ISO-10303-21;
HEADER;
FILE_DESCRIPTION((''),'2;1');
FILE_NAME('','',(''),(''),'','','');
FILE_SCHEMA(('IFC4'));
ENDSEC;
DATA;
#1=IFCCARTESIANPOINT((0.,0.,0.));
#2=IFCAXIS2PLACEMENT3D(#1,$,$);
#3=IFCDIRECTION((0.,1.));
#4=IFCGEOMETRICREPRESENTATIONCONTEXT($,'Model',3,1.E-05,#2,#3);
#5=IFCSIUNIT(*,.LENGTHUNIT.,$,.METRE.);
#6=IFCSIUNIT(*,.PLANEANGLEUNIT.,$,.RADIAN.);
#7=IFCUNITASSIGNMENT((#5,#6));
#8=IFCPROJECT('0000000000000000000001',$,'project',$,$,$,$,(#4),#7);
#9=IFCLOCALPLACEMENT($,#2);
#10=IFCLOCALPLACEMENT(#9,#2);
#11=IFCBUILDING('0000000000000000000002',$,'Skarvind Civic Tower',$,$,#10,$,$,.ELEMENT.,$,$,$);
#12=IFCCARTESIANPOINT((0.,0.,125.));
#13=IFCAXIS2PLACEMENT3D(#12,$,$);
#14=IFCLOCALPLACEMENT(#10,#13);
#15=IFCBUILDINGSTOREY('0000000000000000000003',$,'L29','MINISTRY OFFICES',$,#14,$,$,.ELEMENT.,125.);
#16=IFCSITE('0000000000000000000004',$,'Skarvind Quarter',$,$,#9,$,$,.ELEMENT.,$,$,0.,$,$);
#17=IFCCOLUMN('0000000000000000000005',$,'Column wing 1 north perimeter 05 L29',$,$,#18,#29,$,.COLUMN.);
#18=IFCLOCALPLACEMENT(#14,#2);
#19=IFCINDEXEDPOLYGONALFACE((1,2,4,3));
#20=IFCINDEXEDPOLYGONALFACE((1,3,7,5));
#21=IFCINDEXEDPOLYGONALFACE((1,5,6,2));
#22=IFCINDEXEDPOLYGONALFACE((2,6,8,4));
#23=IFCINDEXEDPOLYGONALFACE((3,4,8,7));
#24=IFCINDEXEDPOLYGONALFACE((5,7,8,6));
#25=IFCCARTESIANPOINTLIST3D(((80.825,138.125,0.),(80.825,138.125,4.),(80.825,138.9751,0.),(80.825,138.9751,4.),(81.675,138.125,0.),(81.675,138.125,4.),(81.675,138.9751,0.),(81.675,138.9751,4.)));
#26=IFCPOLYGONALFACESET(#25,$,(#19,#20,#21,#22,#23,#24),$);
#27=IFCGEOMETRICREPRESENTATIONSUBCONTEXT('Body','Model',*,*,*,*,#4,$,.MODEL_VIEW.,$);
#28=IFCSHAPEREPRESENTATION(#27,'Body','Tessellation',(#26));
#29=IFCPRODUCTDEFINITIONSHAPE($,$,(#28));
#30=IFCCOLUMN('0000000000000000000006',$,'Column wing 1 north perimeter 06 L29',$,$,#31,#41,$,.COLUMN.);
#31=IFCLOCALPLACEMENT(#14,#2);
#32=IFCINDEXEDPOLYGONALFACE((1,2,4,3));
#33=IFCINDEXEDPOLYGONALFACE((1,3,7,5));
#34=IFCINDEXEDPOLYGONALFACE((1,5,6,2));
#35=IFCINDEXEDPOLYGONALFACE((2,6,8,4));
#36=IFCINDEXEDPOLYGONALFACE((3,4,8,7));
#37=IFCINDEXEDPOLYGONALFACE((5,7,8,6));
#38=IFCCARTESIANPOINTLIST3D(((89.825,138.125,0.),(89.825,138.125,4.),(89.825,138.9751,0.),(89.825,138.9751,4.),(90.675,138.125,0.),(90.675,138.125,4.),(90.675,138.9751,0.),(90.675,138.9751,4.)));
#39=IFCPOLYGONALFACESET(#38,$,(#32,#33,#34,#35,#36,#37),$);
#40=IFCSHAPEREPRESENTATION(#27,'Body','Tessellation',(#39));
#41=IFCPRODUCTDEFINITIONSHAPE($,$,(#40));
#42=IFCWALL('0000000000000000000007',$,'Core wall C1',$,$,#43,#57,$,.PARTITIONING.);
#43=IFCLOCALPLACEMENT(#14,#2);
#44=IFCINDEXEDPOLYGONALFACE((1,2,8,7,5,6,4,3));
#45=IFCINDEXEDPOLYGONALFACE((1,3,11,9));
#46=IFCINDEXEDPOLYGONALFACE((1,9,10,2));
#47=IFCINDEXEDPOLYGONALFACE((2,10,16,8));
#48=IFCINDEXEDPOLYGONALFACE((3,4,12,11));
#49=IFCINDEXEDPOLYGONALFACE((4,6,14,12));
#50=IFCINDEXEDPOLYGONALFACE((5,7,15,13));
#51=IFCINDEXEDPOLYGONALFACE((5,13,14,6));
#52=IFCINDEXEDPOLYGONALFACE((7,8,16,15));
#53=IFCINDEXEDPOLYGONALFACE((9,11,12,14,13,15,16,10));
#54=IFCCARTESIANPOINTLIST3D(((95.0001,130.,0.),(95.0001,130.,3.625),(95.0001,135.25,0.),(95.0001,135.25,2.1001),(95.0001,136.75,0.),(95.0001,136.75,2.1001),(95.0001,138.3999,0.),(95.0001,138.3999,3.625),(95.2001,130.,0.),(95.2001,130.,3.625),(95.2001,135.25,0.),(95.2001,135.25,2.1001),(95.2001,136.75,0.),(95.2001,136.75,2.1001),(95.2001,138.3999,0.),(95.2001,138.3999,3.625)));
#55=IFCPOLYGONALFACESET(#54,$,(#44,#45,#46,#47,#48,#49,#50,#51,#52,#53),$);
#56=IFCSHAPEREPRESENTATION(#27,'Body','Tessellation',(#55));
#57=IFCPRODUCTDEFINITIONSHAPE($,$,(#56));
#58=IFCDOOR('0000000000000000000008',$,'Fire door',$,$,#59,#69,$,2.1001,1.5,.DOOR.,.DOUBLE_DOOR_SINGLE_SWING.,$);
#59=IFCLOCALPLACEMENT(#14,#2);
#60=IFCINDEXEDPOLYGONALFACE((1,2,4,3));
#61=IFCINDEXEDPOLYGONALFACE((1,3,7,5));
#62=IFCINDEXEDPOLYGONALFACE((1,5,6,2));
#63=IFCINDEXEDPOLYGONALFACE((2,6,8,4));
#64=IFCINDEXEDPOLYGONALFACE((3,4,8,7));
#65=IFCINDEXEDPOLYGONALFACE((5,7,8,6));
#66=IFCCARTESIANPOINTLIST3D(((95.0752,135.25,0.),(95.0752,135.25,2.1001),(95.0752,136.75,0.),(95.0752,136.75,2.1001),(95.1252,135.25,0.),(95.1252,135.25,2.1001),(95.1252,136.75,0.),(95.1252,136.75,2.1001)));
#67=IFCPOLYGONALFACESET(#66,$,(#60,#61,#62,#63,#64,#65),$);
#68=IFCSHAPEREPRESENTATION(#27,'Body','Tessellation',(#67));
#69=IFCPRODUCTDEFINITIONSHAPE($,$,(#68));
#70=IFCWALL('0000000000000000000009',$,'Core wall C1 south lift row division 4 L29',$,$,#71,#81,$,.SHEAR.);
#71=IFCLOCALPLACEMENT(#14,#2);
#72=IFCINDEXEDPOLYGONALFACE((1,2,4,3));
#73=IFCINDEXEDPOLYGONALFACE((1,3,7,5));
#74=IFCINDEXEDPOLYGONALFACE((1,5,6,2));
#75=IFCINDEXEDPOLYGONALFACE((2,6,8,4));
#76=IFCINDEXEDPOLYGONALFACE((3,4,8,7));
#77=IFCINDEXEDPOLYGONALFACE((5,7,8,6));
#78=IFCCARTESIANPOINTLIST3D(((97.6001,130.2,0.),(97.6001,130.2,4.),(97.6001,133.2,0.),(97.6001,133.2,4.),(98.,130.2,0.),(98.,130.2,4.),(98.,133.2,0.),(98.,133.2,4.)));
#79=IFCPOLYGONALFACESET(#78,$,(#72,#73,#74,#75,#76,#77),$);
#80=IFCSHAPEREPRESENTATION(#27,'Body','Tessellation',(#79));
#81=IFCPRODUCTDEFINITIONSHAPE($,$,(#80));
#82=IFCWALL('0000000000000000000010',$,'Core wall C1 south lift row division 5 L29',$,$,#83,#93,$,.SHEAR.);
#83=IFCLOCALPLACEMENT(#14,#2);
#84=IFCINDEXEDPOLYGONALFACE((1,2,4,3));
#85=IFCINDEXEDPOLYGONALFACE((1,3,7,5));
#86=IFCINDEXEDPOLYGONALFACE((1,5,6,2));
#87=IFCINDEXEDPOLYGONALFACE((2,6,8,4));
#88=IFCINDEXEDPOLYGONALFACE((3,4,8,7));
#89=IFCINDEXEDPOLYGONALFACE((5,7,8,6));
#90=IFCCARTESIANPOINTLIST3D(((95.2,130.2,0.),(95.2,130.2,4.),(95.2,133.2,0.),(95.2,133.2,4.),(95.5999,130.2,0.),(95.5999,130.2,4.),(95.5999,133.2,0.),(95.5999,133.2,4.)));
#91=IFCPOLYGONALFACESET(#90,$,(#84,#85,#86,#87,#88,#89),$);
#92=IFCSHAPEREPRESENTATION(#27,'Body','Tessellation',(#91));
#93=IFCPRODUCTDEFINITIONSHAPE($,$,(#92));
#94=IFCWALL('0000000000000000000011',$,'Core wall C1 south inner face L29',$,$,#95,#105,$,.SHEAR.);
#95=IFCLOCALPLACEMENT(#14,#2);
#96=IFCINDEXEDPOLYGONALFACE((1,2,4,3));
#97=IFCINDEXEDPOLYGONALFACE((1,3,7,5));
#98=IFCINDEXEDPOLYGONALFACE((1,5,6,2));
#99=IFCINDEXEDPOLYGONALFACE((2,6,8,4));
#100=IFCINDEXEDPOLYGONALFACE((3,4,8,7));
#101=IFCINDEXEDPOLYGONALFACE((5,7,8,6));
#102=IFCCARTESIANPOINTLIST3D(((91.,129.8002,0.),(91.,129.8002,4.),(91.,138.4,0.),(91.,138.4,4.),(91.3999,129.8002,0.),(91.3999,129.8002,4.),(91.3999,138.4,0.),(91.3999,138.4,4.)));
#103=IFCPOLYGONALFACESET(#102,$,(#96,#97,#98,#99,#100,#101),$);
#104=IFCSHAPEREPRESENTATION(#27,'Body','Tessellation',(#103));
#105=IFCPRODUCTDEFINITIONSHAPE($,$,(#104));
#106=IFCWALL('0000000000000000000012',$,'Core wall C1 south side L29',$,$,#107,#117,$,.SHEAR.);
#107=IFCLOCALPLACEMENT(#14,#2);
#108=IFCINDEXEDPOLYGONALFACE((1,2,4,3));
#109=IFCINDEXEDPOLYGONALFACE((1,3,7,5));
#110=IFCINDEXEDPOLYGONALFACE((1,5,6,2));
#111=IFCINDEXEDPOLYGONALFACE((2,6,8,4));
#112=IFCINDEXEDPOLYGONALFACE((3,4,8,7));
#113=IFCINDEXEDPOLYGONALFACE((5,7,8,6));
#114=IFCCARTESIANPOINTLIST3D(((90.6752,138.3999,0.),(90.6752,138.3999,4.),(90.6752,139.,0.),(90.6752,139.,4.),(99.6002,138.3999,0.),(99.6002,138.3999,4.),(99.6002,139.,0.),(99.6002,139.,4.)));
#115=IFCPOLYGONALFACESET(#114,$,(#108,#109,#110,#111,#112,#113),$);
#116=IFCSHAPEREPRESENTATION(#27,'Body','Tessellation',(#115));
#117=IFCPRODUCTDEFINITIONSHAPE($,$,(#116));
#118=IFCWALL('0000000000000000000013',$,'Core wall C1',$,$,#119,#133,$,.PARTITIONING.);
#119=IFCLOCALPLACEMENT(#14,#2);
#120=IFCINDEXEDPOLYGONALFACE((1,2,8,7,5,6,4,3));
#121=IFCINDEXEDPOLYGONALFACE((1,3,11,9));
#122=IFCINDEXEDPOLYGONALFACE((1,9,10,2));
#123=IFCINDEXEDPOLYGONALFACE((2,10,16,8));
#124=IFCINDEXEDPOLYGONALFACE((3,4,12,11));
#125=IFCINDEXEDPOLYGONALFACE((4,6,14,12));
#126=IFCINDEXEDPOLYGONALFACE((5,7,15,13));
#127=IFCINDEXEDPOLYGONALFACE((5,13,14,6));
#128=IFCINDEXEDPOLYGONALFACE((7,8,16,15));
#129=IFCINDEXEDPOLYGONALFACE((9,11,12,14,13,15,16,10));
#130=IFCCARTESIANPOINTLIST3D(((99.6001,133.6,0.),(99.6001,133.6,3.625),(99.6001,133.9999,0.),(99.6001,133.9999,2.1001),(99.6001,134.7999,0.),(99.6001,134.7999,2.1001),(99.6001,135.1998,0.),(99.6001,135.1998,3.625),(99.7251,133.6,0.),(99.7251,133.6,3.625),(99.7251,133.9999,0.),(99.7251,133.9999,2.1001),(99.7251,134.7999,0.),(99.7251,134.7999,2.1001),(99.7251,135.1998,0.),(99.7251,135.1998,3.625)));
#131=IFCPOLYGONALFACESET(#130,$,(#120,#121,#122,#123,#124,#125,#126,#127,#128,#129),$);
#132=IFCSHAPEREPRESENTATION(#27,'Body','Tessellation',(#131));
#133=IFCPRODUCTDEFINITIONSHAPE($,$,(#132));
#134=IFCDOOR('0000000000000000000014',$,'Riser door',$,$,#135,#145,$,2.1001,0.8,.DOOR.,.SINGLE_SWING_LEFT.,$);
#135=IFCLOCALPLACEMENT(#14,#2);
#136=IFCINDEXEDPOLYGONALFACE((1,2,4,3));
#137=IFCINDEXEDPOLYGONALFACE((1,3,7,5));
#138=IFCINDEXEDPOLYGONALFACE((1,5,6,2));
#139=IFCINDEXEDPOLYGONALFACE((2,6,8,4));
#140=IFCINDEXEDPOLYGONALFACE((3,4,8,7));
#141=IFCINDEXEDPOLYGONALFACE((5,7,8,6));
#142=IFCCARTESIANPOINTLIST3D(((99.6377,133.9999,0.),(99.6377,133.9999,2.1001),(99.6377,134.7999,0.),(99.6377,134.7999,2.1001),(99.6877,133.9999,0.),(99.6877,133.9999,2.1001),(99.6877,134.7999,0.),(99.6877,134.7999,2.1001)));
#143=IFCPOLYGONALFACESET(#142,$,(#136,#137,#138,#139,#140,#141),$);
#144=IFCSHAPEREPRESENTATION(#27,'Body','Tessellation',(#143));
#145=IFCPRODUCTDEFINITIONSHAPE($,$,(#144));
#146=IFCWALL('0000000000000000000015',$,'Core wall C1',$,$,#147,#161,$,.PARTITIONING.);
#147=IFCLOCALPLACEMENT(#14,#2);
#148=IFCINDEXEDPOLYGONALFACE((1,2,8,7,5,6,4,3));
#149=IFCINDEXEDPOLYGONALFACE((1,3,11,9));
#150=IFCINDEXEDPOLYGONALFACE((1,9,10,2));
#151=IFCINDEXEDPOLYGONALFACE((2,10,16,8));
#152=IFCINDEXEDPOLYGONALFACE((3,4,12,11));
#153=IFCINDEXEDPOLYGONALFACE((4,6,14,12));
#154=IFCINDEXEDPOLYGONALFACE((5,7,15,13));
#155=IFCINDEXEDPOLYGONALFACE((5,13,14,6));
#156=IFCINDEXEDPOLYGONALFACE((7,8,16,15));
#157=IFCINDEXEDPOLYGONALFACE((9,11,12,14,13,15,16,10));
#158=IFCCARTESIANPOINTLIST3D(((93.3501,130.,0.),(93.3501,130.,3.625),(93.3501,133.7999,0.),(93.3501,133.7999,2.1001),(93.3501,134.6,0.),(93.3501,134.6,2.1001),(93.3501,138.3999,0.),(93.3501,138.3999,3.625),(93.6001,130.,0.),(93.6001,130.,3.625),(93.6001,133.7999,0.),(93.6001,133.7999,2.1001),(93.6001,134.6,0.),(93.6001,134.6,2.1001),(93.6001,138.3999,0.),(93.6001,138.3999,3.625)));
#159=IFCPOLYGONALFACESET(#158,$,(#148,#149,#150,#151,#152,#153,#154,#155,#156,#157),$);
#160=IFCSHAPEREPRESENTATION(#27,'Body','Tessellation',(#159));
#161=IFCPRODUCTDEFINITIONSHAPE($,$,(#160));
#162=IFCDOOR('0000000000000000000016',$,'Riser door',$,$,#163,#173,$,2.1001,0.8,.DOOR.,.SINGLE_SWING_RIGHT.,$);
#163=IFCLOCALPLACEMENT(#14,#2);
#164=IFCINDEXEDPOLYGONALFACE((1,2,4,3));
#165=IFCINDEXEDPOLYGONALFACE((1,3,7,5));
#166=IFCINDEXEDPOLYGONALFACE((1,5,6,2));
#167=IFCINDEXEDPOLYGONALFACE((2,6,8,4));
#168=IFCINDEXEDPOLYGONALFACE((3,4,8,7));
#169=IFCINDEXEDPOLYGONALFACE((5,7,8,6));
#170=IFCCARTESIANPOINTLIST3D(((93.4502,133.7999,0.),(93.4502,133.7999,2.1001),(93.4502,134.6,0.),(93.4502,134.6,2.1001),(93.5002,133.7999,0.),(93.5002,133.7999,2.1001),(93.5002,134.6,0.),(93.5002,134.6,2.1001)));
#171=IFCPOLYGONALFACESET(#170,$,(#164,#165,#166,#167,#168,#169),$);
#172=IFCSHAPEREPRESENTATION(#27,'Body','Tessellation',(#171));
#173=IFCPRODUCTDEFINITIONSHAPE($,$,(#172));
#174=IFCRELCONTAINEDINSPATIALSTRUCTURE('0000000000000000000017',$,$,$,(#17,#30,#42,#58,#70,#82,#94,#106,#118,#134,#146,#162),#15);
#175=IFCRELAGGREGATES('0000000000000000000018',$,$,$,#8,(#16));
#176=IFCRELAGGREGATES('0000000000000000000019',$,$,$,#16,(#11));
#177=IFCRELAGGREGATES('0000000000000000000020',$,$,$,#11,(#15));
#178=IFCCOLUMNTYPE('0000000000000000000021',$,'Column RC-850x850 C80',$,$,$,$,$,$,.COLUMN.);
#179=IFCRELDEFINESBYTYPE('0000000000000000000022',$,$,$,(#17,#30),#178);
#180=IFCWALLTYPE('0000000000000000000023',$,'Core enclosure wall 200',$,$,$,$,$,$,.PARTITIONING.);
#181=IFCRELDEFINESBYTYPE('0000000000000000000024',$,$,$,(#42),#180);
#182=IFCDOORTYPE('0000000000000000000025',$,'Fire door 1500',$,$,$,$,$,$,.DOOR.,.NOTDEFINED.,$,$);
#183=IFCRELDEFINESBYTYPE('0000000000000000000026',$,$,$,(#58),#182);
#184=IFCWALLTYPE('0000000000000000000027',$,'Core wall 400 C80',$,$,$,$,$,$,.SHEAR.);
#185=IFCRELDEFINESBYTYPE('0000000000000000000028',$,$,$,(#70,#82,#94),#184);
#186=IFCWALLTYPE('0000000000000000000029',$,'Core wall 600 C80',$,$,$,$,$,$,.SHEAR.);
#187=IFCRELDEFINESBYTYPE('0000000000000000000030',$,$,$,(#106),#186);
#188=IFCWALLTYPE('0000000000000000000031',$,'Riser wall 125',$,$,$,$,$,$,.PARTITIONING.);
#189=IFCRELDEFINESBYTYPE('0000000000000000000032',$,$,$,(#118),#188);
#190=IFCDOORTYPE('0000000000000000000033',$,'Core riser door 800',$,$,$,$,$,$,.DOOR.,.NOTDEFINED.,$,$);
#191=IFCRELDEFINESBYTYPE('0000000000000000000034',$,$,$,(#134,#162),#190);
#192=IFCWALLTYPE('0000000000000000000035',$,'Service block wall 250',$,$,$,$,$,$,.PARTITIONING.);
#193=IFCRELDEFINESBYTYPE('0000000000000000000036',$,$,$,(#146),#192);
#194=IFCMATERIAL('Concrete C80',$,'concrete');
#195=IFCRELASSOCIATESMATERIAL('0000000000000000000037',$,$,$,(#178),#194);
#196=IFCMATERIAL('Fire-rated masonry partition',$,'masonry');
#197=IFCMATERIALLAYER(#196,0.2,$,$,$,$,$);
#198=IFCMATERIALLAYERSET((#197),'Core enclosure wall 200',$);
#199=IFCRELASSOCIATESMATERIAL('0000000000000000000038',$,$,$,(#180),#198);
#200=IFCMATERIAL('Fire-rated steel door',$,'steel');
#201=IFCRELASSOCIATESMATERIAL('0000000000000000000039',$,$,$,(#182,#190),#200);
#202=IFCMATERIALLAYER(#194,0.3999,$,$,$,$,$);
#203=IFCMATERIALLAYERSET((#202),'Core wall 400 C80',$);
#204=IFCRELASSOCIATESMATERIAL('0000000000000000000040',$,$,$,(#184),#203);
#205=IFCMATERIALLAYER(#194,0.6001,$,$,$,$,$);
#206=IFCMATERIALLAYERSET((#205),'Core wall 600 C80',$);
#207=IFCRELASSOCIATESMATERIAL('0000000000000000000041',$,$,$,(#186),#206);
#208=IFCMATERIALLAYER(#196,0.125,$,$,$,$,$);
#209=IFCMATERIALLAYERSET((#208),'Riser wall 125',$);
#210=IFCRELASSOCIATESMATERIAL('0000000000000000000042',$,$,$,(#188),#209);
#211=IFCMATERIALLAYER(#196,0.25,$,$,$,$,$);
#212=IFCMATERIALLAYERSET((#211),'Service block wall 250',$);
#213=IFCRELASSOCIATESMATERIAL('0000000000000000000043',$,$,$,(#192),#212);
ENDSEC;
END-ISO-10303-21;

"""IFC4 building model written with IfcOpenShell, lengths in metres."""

from ifc_helpers import new_model, si_unit, direction, frame, frame_2d, origin, origin_2d, place, context, subcontext, project, spatial, rectangle, extrude, material, layer, layer_set, material_profile, profile_set, type_object, element, fill, save


model = new_model("IFC4")

# Units and contexts
model_context = context("Model", 3, precision=1e-05, world=origin(), true_north=direction((0.0, 1.0)))
body_context = subcontext(model_context, "Body", "Model", "MODEL_VIEW")
ifc_project = project(units=[si_unit("LENGTHUNIT", "METRE"), si_unit("PLANEANGLEUNIT", "RADIAN")], contexts=[model_context])

# Site, building, storey
site_placement = place(None, origin())
site = spatial("IfcSite", under=ifc_project, at=site_placement, Name="Skarvind Quarter", CompositionType="ELEMENT", RefElevation=0.0)
building_placement = place(site_placement, origin())
building = spatial("IfcBuilding", under=site, at=building_placement, Name="Skarvind Civic Tower", CompositionType="ELEMENT")
storey_placement = place(building_placement, frame((0.0, 0.0, 125.0)))
storey = spatial("IfcBuildingStorey", under=building, at=storey_placement, Name="L29", Description="MINISTRY OFFICES", CompositionType="ELEMENT", Elevation=125.0)

# Columns
ifc_material_1 = material(Name="Concrete C80", Category="concrete")
ifc_material_profile = material_profile(ifc_material_1, rectangle(XDim=0.8501, YDim=0.8501, at=origin_2d()), Name="RC-850x850")
ifc_profile_set = profile_set([ifc_material_profile], Name="Concrete C80")
column_type = type_object("IfcColumnType", Name="Column RC-850x850 C80", PredefinedType="COLUMN", material=ifc_profile_set)
for number, where, z_axis, x_axis, name in (
    (1, (81.25, 138.55, 0.0), (0.0, 0.0, 1.0), (1.0, 0.0, 0.0), "Column wing 1 north perimeter 05 L29"),
    (2, (90.25, 138.55, 0.0), (0.0, 0.0, 1.0), (1.0, 0.0, 0.0), "Column wing 1 north perimeter 06 L29"),
):
    element("IfcColumn", number, at=place(storey_placement, frame(where, z_axis=z_axis, x_axis=x_axis)), inside=storey, type_object=column_type, Name=name, PredefinedType="COLUMN", context=body_context, shape_type="SweptSolid", body=[
        extrude(rectangle(XDim=0.8501, YDim=0.8501, at=origin_2d()), origin(), (0.0, 0.0, 1.0), 4.0),
    ])

# Wall, opening, door
ifc_material_2 = material(Name="Fire-rated masonry partition", Category="masonry")
ifc_layer_1 = layer(ifc_material_2, 0.2)
ifc_layer_set_1 = layer_set([ifc_layer_1], Name="Core enclosure wall 200")
wall_type_1 = type_object("IfcWallType", Name="Core enclosure wall 200", PredefinedType="PARTITIONING", material=ifc_layer_set_1)
wall_1_placement = place(storey_placement, frame((95.1001, 130.0, 0.0), z_axis=(0.0, 0.0, 1.0), x_axis=(0.0, 1.0, 0.0)))
wall_1 = element("IfcWall", 3, at=wall_1_placement, inside=storey, type_object=wall_type_1, Name="Core wall C1", PredefinedType="PARTITIONING", context=body_context, shape_type="SweptSolid", body=[
    extrude(rectangle(XDim=8.3999, YDim=0.2, at=frame_2d((4.2, 0.0))), origin(), (0.0, 0.0, 1.0), 3.625),
])
opening_1_placement = place(wall_1_placement, frame((5.25, 0.0, 0.0)))
opening_1 = element("IfcOpeningElement", 4, at=opening_1_placement, cuts=wall_1, PredefinedType="OPENING", context=body_context, shape_type="SweptSolid", body=[
    extrude(rectangle(XDim=1.5, YDim=2.1001, at=frame_2d((0.75, 1.05))), frame((0.0, 0.1099, 0.0), z_axis=(0.0, -1.0, 0.0), x_axis=(1.0, 0.0, 0.0)), (0.0, 0.0, 1.0), 0.22),
])
ifc_material_3 = material(Name="Fire-rated steel door", Category="steel")
door_type_1 = type_object("IfcDoorType", Name="Fire door 1500", OperationType="NOTDEFINED", PredefinedType="DOOR", material=ifc_material_3)
door_1_placement = place(opening_1_placement, origin())
door_1 = element("IfcDoor", 5, at=door_1_placement, inside=storey, type_object=door_type_1, Name="Fire door", OperationType="DOUBLE_DOOR_SINGLE_SWING", OverallHeight=2.1001, OverallWidth=1.5, PredefinedType="DOOR", context=body_context, shape_type="SweptSolid", body=[
    extrude(rectangle(XDim=1.5, YDim=2.1001, at=frame_2d((0.75, 1.05))), frame((0.0, 0.0249, 0.0), z_axis=(0.0, -1.0, 0.0), x_axis=(1.0, 0.0, 0.0)), (0.0, 0.0, 1.0), 0.05),
])
fill(opening_1, door_1)

# Walls
ifc_layer_2 = layer(ifc_material_1, 0.3999)
ifc_layer_set_2 = layer_set([ifc_layer_2], Name="Core wall 400 C80")
wall_type_2 = type_object("IfcWallType", Name="Core wall 400 C80", PredefinedType="SHEAR", material=ifc_layer_set_2)
for number, where, z_axis, x_axis, name in (
    (6, (97.8, 133.2, 0.0), (0.0, 0.0, 1.0), (0.0, -1.0, 0.0), "Core wall C1 south lift row division 4 L29"),
    (7, (95.3999, 133.2, 0.0), (0.0, 0.0, 1.0), (0.0, -1.0, 0.0), "Core wall C1 south lift row division 5 L29"),
):
    element("IfcWall", number, at=place(storey_placement, frame(where, z_axis=z_axis, x_axis=x_axis)), inside=storey, type_object=wall_type_2, Name=name, PredefinedType="SHEAR", context=body_context, shape_type="SweptSolid", body=[
        extrude(rectangle(XDim=3.0, YDim=0.3999, at=frame_2d((1.5, 0.0))), origin(), (0.0, 0.0, 1.0), 4.0),
    ])
wall_2_placement = place(storey_placement, frame((91.2, 138.3999, 0.0), z_axis=(0.0, 0.0, 1.0), x_axis=(0.0, -1.0, 0.0)))
element("IfcWall", 8, at=wall_2_placement, inside=storey, type_object=wall_type_2, Name="Core wall C1 south inner face L29", PredefinedType="SHEAR", context=body_context, shape_type="SweptSolid", body=[
    extrude(rectangle(XDim=8.5999, YDim=0.3999, at=frame_2d((4.2998, 0.0))), origin(), (0.0, 0.0, 1.0), 4.0),
])
ifc_layer_3 = layer(ifc_material_1, 0.6001)
ifc_layer_set_3 = layer_set([ifc_layer_3], Name="Core wall 600 C80")
wall_type_3 = type_object("IfcWallType", Name="Core wall 600 C80", PredefinedType="SHEAR", material=ifc_layer_set_3)
wall_3_placement = place(storey_placement, frame((99.6001, 138.7, 0.0), z_axis=(0.0, 0.0, 1.0), x_axis=(-1.0, 0.0, 0.0)))
element("IfcWall", 9, at=wall_3_placement, inside=storey, type_object=wall_type_3, Name="Core wall C1 south side L29", PredefinedType="SHEAR", context=body_context, shape_type="SweptSolid", body=[
    extrude(rectangle(XDim=8.925, YDim=0.6001, at=frame_2d((4.4624, 0.0))), origin(), (0.0, 0.0, 1.0), 4.0),
])

# Walls, openings, doors
ifc_layer_4 = layer(ifc_material_2, 0.125)
ifc_layer_set_4 = layer_set([ifc_layer_4], Name="Riser wall 125")
wall_type_4 = type_object("IfcWallType", Name="Riser wall 125", PredefinedType="PARTITIONING", material=ifc_layer_set_4)
wall_4_placement = place(storey_placement, frame((99.6626, 133.6001, 0.0), z_axis=(0.0, 0.0, 1.0), x_axis=(0.0, 1.0, 0.0)))
wall_4 = element("IfcWall", 10, at=wall_4_placement, inside=storey, type_object=wall_type_4, Name="Core wall C1", PredefinedType="PARTITIONING", context=body_context, shape_type="SweptSolid", body=[
    extrude(rectangle(XDim=1.5999, YDim=0.125, at=frame_2d((0.7998, 0.0))), origin(), (0.0, 0.0, 1.0), 3.625),
])
opening_2_placement = place(wall_4_placement, frame((0.3999, 0.0, 0.0)))
opening_2 = element("IfcOpeningElement", 11, at=opening_2_placement, cuts=wall_4, PredefinedType="OPENING", context=body_context, shape_type="SweptSolid", body=[
    extrude(rectangle(XDim=0.8, YDim=2.1001, at=frame_2d((0.3999, 1.05))), frame((0.0, 0.0725, 0.0), z_axis=(0.0, -1.0, 0.0), x_axis=(1.0, 0.0, 0.0)), (0.0, 0.0, 1.0), 0.145),
])
door_type_2 = type_object("IfcDoorType", Name="Core riser door 800", OperationType="NOTDEFINED", PredefinedType="DOOR", material=ifc_material_3)
door_2_placement = place(opening_2_placement, origin())
door_2 = element("IfcDoor", 12, at=door_2_placement, inside=storey, type_object=door_type_2, Name="Riser door", OperationType="SINGLE_SWING_LEFT", OverallHeight=2.1001, OverallWidth=0.8, PredefinedType="DOOR", context=body_context, shape_type="SweptSolid", body=[
    extrude(rectangle(XDim=0.8, YDim=2.1001, at=frame_2d((0.3999, 1.05))), frame((0.0, 0.0249, 0.0), z_axis=(0.0, -1.0, 0.0), x_axis=(1.0, 0.0, 0.0)), (0.0, 0.0, 1.0), 0.05),
])
fill(opening_2, door_2)
ifc_layer_5 = layer(ifc_material_2, 0.25)
ifc_layer_set_5 = layer_set([ifc_layer_5], Name="Service block wall 250")
wall_type_5 = type_object("IfcWallType", Name="Service block wall 250", PredefinedType="PARTITIONING", material=ifc_layer_set_5)
wall_5_placement = place(storey_placement, frame((93.4751, 130.0, 0.0), z_axis=(0.0, 0.0, 1.0), x_axis=(0.0, 1.0, 0.0)))
wall_5 = element("IfcWall", 13, at=wall_5_placement, inside=storey, type_object=wall_type_5, Name="Core wall C1", PredefinedType="PARTITIONING", context=body_context, shape_type="SweptSolid", body=[
    extrude(rectangle(XDim=8.3999, YDim=0.25, at=frame_2d((4.2, 0.0))), origin(), (0.0, 0.0, 1.0), 3.625),
])
opening_3_placement = place(wall_5_placement, frame((3.8, 0.0, 0.0)))
opening_3 = element("IfcOpeningElement", 14, at=opening_3_placement, cuts=wall_5, PredefinedType="OPENING", context=body_context, shape_type="SweptSolid", body=[
    extrude(rectangle(XDim=0.8, YDim=2.1001, at=frame_2d((0.3999, 1.05))), frame((0.0, 0.135, 0.0), z_axis=(0.0, -1.0, 0.0), x_axis=(1.0, 0.0, 0.0)), (0.0, 0.0, 1.0), 0.27),
])
door_3_placement = place(opening_3_placement, origin())
door_3 = element("IfcDoor", 15, at=door_3_placement, inside=storey, type_object=door_type_2, Name="Riser door", OperationType="SINGLE_SWING_RIGHT", OverallHeight=2.1001, OverallWidth=0.8, PredefinedType="DOOR", context=body_context, shape_type="SweptSolid", body=[
    extrude(rectangle(XDim=0.8, YDim=2.1001, at=frame_2d((0.3999, 1.05))), frame((0.0, 0.0249, 0.0), z_axis=(0.0, -1.0, 0.0), x_axis=(1.0, 0.0, 0.0)), (0.0, 0.0, 1.0), 0.05),
])
fill(opening_3, door_3)

save(model, "model.ifc")
